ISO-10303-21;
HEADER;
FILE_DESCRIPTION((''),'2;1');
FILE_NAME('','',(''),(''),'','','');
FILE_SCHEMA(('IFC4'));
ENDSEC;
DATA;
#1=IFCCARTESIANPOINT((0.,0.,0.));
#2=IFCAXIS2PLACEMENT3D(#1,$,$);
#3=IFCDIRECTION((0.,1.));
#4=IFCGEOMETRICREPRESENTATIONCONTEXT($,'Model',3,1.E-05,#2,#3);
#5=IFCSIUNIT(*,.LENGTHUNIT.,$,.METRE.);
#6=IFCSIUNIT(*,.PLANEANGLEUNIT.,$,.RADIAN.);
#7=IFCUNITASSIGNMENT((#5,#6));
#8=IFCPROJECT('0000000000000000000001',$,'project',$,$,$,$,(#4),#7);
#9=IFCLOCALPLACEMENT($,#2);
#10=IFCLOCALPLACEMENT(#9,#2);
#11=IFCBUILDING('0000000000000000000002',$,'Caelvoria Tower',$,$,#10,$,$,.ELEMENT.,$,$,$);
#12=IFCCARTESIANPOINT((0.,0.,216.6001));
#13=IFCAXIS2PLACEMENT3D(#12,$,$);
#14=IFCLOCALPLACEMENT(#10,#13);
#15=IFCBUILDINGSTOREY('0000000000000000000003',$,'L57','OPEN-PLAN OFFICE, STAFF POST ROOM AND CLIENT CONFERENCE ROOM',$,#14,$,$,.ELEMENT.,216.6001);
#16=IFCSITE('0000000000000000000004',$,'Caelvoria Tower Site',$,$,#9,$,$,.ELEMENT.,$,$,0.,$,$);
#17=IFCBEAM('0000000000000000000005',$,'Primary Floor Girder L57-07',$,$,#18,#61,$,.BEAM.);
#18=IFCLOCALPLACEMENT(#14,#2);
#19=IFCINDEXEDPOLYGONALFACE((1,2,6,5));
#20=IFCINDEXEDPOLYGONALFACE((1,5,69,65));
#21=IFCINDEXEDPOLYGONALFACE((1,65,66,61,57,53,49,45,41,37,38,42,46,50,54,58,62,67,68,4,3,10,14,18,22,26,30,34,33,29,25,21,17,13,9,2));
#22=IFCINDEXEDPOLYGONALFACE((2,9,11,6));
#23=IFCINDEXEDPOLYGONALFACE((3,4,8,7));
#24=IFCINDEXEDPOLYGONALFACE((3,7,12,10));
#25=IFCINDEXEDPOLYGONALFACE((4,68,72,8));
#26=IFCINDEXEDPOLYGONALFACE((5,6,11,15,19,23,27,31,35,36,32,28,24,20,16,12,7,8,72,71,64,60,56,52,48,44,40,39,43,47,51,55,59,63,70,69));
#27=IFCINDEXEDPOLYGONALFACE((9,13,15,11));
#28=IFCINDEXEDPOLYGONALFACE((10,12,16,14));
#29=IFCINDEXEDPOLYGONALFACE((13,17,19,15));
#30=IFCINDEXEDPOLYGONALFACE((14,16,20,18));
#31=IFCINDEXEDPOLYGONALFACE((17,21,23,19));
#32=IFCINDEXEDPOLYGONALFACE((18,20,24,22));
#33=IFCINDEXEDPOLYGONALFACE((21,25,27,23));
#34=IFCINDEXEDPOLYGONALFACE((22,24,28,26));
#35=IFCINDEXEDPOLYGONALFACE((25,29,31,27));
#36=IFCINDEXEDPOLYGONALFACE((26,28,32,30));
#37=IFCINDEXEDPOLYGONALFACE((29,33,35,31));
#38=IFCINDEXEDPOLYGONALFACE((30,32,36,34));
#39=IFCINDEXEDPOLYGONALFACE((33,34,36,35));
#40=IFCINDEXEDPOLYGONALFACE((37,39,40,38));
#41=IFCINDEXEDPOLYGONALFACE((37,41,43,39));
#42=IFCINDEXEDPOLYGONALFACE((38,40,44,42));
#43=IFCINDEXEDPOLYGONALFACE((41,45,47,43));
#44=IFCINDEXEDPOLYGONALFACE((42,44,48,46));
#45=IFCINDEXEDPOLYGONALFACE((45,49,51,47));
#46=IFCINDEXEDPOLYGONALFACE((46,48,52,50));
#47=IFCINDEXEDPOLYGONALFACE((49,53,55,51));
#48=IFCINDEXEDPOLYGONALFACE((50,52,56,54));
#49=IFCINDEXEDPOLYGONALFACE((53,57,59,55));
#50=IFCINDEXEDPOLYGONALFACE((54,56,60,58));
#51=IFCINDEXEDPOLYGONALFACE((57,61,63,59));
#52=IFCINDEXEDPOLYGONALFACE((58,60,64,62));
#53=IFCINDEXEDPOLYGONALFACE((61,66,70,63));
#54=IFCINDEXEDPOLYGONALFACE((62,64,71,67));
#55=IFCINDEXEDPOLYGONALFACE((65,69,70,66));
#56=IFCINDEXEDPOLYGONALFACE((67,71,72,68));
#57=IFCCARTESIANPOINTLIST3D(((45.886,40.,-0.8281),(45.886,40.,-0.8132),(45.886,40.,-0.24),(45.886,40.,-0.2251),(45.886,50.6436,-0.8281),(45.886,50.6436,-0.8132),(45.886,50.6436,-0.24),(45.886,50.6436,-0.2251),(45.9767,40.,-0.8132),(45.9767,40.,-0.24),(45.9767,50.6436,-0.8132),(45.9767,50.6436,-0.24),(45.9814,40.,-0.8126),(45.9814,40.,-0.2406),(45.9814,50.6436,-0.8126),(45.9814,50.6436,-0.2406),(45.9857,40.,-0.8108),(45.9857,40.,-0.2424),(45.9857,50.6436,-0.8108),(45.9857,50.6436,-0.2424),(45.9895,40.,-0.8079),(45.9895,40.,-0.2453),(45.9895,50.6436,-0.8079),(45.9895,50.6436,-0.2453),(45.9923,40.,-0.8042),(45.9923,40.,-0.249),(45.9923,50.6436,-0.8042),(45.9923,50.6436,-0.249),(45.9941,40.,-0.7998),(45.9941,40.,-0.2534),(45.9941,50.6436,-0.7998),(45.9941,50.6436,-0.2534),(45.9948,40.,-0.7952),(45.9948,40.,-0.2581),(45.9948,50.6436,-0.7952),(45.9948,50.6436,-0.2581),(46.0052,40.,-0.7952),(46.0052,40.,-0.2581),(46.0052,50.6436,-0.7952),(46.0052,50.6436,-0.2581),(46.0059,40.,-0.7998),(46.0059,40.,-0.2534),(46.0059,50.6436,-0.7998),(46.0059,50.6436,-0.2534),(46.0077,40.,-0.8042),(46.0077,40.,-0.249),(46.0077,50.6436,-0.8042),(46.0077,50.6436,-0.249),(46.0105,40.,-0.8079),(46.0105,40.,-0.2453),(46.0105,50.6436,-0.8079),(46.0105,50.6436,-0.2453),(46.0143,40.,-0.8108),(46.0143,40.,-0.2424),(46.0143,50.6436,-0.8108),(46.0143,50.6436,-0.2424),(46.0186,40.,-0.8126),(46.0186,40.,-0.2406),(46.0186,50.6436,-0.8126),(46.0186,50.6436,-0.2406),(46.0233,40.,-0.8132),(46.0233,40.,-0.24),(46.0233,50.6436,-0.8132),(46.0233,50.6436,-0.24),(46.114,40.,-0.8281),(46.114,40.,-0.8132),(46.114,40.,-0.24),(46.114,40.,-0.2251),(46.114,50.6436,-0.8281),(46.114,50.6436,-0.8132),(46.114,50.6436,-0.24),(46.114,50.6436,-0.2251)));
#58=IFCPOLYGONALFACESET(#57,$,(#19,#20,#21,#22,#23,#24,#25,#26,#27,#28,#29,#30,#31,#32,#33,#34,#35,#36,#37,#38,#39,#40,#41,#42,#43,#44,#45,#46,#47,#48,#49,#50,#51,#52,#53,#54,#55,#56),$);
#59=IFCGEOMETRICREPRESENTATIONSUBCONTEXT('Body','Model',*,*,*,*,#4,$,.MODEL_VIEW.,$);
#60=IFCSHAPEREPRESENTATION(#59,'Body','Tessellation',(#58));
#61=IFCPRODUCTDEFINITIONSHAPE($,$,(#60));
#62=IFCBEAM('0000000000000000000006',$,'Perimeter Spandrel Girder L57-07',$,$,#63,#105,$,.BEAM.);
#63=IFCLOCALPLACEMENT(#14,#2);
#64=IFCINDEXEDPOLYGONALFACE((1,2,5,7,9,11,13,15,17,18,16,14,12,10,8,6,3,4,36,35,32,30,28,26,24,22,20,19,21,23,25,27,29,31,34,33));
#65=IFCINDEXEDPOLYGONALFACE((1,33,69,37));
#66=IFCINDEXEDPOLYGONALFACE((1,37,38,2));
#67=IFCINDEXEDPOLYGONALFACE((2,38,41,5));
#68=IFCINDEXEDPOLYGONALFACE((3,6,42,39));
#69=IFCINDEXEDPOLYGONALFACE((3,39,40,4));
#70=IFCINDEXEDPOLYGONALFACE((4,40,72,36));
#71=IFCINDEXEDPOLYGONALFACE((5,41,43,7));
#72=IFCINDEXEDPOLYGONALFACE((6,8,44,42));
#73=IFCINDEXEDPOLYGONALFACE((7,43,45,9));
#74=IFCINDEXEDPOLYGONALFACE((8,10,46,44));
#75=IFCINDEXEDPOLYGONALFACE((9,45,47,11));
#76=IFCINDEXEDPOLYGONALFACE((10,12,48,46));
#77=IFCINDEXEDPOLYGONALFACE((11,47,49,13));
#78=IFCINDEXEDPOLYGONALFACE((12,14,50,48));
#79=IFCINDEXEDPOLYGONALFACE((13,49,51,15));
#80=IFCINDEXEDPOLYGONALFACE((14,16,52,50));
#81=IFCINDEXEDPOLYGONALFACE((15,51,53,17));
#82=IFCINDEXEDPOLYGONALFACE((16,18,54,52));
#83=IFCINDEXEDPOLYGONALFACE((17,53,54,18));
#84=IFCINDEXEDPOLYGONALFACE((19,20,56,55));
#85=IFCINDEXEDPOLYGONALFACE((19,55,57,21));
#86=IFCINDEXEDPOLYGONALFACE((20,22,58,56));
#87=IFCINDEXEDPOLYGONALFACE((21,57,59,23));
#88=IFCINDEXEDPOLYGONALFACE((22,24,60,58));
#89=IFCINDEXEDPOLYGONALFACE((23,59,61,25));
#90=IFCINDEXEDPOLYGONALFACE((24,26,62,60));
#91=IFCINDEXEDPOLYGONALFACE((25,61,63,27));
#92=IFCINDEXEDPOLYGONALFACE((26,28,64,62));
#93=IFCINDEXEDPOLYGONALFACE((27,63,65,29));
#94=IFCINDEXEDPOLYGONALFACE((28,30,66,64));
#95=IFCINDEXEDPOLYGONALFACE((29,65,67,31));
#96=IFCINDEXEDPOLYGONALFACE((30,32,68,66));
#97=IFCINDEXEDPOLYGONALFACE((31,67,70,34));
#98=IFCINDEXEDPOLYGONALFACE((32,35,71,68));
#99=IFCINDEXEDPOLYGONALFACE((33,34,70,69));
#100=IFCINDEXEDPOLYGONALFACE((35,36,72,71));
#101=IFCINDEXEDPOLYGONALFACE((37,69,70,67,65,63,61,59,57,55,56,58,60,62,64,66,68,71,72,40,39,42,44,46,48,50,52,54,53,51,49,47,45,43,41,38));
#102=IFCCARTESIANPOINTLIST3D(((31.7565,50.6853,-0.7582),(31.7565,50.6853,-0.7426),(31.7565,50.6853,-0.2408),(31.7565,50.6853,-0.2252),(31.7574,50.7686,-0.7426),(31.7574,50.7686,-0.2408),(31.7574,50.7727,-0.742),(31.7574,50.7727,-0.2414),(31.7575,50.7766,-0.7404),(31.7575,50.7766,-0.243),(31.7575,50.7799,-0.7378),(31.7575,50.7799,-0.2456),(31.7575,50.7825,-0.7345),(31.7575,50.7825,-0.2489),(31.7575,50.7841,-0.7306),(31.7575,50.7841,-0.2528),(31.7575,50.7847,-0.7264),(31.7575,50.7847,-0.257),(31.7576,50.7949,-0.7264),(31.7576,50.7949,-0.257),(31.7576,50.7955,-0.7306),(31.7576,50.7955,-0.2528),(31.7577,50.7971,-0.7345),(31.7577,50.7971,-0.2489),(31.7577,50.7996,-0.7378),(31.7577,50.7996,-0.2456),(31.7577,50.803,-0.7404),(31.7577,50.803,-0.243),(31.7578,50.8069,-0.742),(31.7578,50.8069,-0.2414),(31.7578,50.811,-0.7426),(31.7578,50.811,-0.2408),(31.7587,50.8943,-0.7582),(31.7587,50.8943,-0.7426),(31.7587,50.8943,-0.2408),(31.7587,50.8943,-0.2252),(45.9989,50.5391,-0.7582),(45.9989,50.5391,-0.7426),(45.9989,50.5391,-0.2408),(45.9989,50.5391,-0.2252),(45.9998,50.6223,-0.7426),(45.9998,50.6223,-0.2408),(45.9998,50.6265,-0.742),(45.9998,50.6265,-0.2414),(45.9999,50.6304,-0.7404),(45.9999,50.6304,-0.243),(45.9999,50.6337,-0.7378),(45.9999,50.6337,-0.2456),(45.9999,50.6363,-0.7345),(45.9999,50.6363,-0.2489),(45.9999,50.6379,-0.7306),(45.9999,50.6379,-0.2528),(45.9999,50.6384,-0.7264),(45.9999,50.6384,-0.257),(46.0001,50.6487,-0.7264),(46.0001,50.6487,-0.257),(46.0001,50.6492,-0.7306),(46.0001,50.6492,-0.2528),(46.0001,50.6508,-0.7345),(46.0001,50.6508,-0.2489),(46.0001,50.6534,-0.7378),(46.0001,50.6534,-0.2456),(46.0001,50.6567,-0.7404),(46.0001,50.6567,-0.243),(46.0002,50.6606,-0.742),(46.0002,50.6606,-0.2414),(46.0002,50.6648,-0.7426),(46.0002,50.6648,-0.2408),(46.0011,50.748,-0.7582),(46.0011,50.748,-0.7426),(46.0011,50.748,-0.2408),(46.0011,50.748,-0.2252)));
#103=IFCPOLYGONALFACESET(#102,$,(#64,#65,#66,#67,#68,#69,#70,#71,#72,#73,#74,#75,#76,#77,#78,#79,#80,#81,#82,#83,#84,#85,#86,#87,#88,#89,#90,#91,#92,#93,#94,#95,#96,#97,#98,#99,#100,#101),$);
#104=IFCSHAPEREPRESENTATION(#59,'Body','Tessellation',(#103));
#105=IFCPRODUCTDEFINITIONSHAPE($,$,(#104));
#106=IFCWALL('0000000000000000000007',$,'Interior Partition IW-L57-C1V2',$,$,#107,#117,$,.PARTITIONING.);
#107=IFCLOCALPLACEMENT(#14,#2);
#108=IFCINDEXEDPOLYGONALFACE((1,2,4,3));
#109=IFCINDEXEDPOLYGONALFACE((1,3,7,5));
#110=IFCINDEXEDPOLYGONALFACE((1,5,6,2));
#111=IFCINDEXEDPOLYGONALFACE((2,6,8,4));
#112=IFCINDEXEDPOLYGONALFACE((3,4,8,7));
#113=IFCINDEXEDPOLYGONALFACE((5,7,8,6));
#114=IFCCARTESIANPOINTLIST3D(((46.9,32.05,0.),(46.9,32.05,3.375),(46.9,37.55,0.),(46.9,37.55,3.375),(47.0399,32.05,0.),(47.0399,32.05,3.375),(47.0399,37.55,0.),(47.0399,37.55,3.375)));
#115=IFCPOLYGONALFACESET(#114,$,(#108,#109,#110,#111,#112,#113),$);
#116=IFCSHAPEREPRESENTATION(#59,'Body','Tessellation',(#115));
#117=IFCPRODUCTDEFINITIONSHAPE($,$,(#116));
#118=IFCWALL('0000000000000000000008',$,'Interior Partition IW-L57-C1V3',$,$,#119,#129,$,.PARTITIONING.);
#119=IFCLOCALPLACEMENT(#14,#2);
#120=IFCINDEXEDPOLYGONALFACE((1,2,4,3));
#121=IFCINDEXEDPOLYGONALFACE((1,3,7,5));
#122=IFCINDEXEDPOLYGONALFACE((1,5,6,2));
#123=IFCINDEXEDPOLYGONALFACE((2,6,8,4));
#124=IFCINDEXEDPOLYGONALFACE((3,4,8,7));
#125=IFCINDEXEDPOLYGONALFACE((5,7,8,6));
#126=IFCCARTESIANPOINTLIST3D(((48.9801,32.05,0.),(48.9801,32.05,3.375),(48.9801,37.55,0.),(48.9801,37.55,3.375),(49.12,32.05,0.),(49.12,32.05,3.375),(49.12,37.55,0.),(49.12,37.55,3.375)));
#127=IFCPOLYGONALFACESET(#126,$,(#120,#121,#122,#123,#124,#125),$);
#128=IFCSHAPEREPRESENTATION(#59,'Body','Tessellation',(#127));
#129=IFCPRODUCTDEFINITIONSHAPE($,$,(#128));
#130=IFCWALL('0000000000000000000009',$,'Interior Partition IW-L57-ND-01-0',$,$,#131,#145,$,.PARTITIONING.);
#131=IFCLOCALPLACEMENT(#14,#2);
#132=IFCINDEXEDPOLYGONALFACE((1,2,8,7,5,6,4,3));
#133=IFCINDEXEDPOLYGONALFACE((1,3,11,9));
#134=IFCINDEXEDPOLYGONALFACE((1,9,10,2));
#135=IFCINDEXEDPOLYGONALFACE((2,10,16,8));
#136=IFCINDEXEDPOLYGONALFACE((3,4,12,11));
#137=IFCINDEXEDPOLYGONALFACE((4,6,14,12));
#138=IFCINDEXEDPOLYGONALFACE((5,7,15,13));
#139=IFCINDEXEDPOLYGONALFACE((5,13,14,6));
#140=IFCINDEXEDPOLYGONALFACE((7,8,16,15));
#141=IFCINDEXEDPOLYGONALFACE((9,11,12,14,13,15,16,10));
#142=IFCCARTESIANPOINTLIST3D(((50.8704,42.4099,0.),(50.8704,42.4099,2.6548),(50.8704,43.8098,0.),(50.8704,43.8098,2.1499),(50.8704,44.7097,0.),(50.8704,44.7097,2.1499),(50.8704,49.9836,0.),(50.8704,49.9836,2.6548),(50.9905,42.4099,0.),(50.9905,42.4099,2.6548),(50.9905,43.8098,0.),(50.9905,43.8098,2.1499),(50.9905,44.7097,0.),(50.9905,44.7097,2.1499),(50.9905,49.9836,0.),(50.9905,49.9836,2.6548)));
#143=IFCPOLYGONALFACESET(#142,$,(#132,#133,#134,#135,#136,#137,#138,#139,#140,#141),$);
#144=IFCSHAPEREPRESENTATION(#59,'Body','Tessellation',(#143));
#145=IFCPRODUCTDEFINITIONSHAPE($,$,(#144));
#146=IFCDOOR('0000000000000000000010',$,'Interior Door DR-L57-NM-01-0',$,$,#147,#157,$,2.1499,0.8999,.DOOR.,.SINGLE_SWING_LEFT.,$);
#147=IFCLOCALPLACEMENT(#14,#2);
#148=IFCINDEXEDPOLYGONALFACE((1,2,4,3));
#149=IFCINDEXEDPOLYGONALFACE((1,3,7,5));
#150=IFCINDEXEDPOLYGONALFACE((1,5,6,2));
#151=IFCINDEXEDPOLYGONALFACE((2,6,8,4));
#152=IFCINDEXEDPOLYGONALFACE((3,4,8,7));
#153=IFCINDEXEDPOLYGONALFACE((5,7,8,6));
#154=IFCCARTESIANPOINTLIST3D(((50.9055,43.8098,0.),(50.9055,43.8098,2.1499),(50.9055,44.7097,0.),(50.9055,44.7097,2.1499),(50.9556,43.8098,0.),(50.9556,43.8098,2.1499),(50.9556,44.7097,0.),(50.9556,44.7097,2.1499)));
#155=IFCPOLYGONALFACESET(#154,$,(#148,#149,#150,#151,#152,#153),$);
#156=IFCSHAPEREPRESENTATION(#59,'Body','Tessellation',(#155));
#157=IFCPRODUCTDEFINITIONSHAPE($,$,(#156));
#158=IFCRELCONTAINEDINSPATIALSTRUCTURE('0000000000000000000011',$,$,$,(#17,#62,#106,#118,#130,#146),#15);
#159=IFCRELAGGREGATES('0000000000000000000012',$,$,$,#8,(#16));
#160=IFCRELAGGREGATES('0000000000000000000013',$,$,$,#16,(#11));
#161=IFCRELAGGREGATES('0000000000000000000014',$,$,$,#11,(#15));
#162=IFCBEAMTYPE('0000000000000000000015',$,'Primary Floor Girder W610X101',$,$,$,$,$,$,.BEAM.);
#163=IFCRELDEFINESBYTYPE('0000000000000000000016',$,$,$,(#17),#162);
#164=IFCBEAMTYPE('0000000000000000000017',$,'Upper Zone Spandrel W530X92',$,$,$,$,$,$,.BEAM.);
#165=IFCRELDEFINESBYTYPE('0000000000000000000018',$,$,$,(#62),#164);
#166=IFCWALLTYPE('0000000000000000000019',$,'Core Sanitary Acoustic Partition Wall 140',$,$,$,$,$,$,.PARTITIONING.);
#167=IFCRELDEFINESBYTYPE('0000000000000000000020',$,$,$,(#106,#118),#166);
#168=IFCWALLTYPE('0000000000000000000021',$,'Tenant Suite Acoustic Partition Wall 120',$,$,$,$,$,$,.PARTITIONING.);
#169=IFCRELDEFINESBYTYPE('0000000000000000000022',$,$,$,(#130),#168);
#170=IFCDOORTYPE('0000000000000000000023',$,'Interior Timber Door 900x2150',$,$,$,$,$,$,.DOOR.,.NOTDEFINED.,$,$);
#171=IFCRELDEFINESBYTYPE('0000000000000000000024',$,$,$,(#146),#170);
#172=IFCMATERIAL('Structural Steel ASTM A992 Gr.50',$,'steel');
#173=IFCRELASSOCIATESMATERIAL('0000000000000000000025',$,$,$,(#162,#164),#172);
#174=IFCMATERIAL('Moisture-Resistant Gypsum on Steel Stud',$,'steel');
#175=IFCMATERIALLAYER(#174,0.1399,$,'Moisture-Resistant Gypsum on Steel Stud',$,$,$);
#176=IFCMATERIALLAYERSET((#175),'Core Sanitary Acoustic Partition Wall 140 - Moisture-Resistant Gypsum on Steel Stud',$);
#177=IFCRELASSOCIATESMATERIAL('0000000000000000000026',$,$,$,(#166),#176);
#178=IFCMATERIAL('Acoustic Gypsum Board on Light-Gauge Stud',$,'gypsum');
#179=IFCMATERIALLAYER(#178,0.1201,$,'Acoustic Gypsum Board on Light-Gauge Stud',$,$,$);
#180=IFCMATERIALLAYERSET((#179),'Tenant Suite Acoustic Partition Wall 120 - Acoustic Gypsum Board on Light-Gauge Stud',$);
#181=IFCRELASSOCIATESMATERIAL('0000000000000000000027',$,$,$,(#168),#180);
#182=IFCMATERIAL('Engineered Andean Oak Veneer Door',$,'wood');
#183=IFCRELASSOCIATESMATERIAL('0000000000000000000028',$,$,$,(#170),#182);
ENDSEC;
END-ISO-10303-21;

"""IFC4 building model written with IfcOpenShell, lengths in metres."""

from ifc_helpers import new_model, si_unit, direction, frame, frame_2d, origin, origin_2d, place, context, subcontext, project, spatial, rectangle, i_section, extrude, material, layer, layer_set, material_profile, profile_set, type_object, element, fill, save


model = new_model("IFC4")

# Units and contexts
model_context = context("Model", 3, precision=1e-05, world=origin(), true_north=direction((0.0, 1.0)))
body_context = subcontext(model_context, "Body", "Model", "MODEL_VIEW")
ifc_project = project(units=[si_unit("LENGTHUNIT", "METRE"), si_unit("PLANEANGLEUNIT", "RADIAN")], contexts=[model_context])

# Site, building, storey
site_placement = place(None, origin())
site = spatial("IfcSite", under=ifc_project, at=site_placement, Name="Caelvoria Tower Site", CompositionType="ELEMENT", RefElevation=0.0)
building_placement = place(site_placement, origin())
building = spatial("IfcBuilding", under=site, at=building_placement, Name="Caelvoria Tower", CompositionType="ELEMENT")
storey_placement = place(building_placement, frame((0.0, 0.0, 216.6001)))
storey = spatial("IfcBuildingStorey", under=building, at=storey_placement, Name="L57", Description="OPEN-PLAN OFFICE, STAFF POST ROOM AND CLIENT CONFERENCE ROOM", CompositionType="ELEMENT", Elevation=216.6001)

# Beams
ifc_material_1 = material(Name="Structural Steel ASTM A992 Gr.50", Category="steel")
ifc_material_profile_1 = material_profile(ifc_material_1, i_section(OverallWidth=0.228, OverallDepth=0.603, WebThickness=0.0105, FlangeThickness=0.0149, FilletRadius=0.0181, at=origin_2d()), Name="Structural Steel ASTM A992 Gr.50")
ifc_profile_set_1 = profile_set([ifc_material_profile_1], Name="W610X101 - Structural Steel ASTM A992 Gr.50")
beam_type_1 = type_object("IfcBeamType", Name="Primary Floor Girder W610X101", PredefinedType="BEAM", material=ifc_profile_set_1)
beam_1_placement = place(storey_placement, frame((46.0, 40.0, -0.5266), z_axis=(0.0, 1.0, 0.0), x_axis=(-1.0, 0.0, 0.0)))
element("IfcBeam", 1, at=beam_1_placement, inside=storey, type_object=beam_type_1, Name="Primary Floor Girder L57-07", PredefinedType="BEAM", context=body_context, shape_type="SweptSolid", body=[
    extrude(i_section(OverallWidth=0.228, OverallDepth=0.603, WebThickness=0.0105, FlangeThickness=0.0149, FilletRadius=0.0181, at=origin_2d()), origin(), (0.0, 0.0, 1.0), 10.6436),
])
ifc_material_profile_2 = material_profile(ifc_material_1, i_section(OverallWidth=0.209, OverallDepth=0.533, WebThickness=0.0103, FlangeThickness=0.0156, FilletRadius=0.0161, at=origin_2d()), Name="Structural Steel ASTM A992 Gr.50")
ifc_profile_set_2 = profile_set([ifc_material_profile_2], Name="W530X92 - Structural Steel ASTM A992 Gr.50")
beam_type_2 = type_object("IfcBeamType", Name="Upper Zone Spandrel W530X92", PredefinedType="BEAM", material=ifc_profile_set_2)
beam_2_placement = place(storey_placement, frame((46.0, 50.6436, -0.4917), z_axis=(-0.999947, 0.010267, 0.0), x_axis=(-0.010267, -0.999947, 0.0)))
element("IfcBeam", 2, at=beam_2_placement, inside=storey, type_object=beam_type_2, Name="Perimeter Spandrel Girder L57-07", PredefinedType="BEAM", context=body_context, shape_type="SweptSolid", body=[
    extrude(i_section(OverallWidth=0.209, OverallDepth=0.533, WebThickness=0.0103, FlangeThickness=0.0156, FilletRadius=0.0161, at=origin_2d()), origin(), (0.0, 0.0, 1.0), 14.2432),
])

# Walls
ifc_material_2 = material(Name="Moisture-Resistant Gypsum on Steel Stud", Category="steel")
ifc_layer_1 = layer(ifc_material_2, 0.1399, Name="Moisture-Resistant Gypsum on Steel Stud")
ifc_layer_set_1 = layer_set([ifc_layer_1], Name="Core Sanitary Acoustic Partition Wall 140 - Moisture-Resistant Gypsum on Steel Stud")
wall_type_1 = type_object("IfcWallType", Name="Core Sanitary Acoustic Partition Wall 140", PredefinedType="PARTITIONING", material=ifc_layer_set_1)
for number, where, z_axis, x_axis, name in (
    (3, (46.97, 32.05, 0.0), (0.0, 0.0, 1.0), (0.0, 1.0, 0.0), "Interior Partition IW-L57-C1V2"),
    (4, (49.05, 32.05, 0.0), (0.0, 0.0, 1.0), (0.0, 1.0, 0.0), "Interior Partition IW-L57-C1V3"),
):
    element("IfcWall", number, at=place(storey_placement, frame(where, z_axis=z_axis, x_axis=x_axis)), inside=storey, type_object=wall_type_1, Name=name, PredefinedType="PARTITIONING", context=body_context, shape_type="SweptSolid", body=[
        extrude(rectangle(XDim=5.5, YDim=0.1399, at=frame_2d((2.75, 0.0))), origin(), (0.0, 0.0, 1.0), 3.375),
    ])

# Wall, opening, door
ifc_material_3 = material(Name="Acoustic Gypsum Board on Light-Gauge Stud", Category="gypsum")
ifc_layer_2 = layer(ifc_material_3, 0.1201, Name="Acoustic Gypsum Board on Light-Gauge Stud")
ifc_layer_set_2 = layer_set([ifc_layer_2], Name="Tenant Suite Acoustic Partition Wall 120 - Acoustic Gypsum Board on Light-Gauge Stud")
wall_type_2 = type_object("IfcWallType", Name="Tenant Suite Acoustic Partition Wall 120", PredefinedType="PARTITIONING", material=ifc_layer_set_2)
wall_1_placement = place(storey_placement, frame((50.9304, 42.4099, 0.0), z_axis=(0.0, 0.0, 1.0), x_axis=(0.0, 1.0, 0.0)))
wall_1 = element("IfcWall", 5, at=wall_1_placement, inside=storey, type_object=wall_type_2, Name="Interior Partition IW-L57-ND-01-0", PredefinedType="PARTITIONING", context=body_context, shape_type="SweptSolid", body=[
    extrude(rectangle(XDim=7.5737, YDim=0.1201, at=frame_2d((3.7869, 0.0))), origin(), (0.0, 0.0, 1.0), 2.6548),
])
opening_1_placement = place(wall_1_placement, frame((1.3999, 0.0, 0.0)))
opening_1 = element("IfcOpeningElement", 6, at=opening_1_placement, cuts=wall_1, PredefinedType="OPENING", context=body_context, shape_type="SweptSolid", body=[
    extrude(rectangle(XDim=0.8999, YDim=2.1499, at=frame_2d((0.45, 1.075))), frame((0.0, 0.0701, 0.0), z_axis=(0.0, -1.0, 0.0), x_axis=(1.0, 0.0, 0.0)), (0.0, 0.0, 1.0), 0.1401),
])
ifc_material_4 = material(Name="Engineered Andean Oak Veneer Door", Category="wood")
door_type_1 = type_object("IfcDoorType", Name="Interior Timber Door 900x2150", OperationType="NOTDEFINED", PredefinedType="DOOR", material=ifc_material_4)
door_1_placement = place(opening_1_placement, origin())
door_1 = element("IfcDoor", 7, at=door_1_placement, inside=storey, type_object=door_type_1, Name="Interior Door DR-L57-NM-01-0", OperationType="SINGLE_SWING_LEFT", OverallHeight=2.1499, OverallWidth=0.8999, PredefinedType="DOOR", context=body_context, shape_type="SweptSolid", body=[
    extrude(rectangle(XDim=0.8999, YDim=2.1499, at=frame_2d((0.45, 1.075))), frame((0.0, 0.0249, 0.0), z_axis=(0.0, -1.0, 0.0), x_axis=(1.0, 0.0, 0.0)), (0.0, 0.0, 1.0), 0.05),
])
fill(opening_1, door_1)

save(model, "model.ifc")
